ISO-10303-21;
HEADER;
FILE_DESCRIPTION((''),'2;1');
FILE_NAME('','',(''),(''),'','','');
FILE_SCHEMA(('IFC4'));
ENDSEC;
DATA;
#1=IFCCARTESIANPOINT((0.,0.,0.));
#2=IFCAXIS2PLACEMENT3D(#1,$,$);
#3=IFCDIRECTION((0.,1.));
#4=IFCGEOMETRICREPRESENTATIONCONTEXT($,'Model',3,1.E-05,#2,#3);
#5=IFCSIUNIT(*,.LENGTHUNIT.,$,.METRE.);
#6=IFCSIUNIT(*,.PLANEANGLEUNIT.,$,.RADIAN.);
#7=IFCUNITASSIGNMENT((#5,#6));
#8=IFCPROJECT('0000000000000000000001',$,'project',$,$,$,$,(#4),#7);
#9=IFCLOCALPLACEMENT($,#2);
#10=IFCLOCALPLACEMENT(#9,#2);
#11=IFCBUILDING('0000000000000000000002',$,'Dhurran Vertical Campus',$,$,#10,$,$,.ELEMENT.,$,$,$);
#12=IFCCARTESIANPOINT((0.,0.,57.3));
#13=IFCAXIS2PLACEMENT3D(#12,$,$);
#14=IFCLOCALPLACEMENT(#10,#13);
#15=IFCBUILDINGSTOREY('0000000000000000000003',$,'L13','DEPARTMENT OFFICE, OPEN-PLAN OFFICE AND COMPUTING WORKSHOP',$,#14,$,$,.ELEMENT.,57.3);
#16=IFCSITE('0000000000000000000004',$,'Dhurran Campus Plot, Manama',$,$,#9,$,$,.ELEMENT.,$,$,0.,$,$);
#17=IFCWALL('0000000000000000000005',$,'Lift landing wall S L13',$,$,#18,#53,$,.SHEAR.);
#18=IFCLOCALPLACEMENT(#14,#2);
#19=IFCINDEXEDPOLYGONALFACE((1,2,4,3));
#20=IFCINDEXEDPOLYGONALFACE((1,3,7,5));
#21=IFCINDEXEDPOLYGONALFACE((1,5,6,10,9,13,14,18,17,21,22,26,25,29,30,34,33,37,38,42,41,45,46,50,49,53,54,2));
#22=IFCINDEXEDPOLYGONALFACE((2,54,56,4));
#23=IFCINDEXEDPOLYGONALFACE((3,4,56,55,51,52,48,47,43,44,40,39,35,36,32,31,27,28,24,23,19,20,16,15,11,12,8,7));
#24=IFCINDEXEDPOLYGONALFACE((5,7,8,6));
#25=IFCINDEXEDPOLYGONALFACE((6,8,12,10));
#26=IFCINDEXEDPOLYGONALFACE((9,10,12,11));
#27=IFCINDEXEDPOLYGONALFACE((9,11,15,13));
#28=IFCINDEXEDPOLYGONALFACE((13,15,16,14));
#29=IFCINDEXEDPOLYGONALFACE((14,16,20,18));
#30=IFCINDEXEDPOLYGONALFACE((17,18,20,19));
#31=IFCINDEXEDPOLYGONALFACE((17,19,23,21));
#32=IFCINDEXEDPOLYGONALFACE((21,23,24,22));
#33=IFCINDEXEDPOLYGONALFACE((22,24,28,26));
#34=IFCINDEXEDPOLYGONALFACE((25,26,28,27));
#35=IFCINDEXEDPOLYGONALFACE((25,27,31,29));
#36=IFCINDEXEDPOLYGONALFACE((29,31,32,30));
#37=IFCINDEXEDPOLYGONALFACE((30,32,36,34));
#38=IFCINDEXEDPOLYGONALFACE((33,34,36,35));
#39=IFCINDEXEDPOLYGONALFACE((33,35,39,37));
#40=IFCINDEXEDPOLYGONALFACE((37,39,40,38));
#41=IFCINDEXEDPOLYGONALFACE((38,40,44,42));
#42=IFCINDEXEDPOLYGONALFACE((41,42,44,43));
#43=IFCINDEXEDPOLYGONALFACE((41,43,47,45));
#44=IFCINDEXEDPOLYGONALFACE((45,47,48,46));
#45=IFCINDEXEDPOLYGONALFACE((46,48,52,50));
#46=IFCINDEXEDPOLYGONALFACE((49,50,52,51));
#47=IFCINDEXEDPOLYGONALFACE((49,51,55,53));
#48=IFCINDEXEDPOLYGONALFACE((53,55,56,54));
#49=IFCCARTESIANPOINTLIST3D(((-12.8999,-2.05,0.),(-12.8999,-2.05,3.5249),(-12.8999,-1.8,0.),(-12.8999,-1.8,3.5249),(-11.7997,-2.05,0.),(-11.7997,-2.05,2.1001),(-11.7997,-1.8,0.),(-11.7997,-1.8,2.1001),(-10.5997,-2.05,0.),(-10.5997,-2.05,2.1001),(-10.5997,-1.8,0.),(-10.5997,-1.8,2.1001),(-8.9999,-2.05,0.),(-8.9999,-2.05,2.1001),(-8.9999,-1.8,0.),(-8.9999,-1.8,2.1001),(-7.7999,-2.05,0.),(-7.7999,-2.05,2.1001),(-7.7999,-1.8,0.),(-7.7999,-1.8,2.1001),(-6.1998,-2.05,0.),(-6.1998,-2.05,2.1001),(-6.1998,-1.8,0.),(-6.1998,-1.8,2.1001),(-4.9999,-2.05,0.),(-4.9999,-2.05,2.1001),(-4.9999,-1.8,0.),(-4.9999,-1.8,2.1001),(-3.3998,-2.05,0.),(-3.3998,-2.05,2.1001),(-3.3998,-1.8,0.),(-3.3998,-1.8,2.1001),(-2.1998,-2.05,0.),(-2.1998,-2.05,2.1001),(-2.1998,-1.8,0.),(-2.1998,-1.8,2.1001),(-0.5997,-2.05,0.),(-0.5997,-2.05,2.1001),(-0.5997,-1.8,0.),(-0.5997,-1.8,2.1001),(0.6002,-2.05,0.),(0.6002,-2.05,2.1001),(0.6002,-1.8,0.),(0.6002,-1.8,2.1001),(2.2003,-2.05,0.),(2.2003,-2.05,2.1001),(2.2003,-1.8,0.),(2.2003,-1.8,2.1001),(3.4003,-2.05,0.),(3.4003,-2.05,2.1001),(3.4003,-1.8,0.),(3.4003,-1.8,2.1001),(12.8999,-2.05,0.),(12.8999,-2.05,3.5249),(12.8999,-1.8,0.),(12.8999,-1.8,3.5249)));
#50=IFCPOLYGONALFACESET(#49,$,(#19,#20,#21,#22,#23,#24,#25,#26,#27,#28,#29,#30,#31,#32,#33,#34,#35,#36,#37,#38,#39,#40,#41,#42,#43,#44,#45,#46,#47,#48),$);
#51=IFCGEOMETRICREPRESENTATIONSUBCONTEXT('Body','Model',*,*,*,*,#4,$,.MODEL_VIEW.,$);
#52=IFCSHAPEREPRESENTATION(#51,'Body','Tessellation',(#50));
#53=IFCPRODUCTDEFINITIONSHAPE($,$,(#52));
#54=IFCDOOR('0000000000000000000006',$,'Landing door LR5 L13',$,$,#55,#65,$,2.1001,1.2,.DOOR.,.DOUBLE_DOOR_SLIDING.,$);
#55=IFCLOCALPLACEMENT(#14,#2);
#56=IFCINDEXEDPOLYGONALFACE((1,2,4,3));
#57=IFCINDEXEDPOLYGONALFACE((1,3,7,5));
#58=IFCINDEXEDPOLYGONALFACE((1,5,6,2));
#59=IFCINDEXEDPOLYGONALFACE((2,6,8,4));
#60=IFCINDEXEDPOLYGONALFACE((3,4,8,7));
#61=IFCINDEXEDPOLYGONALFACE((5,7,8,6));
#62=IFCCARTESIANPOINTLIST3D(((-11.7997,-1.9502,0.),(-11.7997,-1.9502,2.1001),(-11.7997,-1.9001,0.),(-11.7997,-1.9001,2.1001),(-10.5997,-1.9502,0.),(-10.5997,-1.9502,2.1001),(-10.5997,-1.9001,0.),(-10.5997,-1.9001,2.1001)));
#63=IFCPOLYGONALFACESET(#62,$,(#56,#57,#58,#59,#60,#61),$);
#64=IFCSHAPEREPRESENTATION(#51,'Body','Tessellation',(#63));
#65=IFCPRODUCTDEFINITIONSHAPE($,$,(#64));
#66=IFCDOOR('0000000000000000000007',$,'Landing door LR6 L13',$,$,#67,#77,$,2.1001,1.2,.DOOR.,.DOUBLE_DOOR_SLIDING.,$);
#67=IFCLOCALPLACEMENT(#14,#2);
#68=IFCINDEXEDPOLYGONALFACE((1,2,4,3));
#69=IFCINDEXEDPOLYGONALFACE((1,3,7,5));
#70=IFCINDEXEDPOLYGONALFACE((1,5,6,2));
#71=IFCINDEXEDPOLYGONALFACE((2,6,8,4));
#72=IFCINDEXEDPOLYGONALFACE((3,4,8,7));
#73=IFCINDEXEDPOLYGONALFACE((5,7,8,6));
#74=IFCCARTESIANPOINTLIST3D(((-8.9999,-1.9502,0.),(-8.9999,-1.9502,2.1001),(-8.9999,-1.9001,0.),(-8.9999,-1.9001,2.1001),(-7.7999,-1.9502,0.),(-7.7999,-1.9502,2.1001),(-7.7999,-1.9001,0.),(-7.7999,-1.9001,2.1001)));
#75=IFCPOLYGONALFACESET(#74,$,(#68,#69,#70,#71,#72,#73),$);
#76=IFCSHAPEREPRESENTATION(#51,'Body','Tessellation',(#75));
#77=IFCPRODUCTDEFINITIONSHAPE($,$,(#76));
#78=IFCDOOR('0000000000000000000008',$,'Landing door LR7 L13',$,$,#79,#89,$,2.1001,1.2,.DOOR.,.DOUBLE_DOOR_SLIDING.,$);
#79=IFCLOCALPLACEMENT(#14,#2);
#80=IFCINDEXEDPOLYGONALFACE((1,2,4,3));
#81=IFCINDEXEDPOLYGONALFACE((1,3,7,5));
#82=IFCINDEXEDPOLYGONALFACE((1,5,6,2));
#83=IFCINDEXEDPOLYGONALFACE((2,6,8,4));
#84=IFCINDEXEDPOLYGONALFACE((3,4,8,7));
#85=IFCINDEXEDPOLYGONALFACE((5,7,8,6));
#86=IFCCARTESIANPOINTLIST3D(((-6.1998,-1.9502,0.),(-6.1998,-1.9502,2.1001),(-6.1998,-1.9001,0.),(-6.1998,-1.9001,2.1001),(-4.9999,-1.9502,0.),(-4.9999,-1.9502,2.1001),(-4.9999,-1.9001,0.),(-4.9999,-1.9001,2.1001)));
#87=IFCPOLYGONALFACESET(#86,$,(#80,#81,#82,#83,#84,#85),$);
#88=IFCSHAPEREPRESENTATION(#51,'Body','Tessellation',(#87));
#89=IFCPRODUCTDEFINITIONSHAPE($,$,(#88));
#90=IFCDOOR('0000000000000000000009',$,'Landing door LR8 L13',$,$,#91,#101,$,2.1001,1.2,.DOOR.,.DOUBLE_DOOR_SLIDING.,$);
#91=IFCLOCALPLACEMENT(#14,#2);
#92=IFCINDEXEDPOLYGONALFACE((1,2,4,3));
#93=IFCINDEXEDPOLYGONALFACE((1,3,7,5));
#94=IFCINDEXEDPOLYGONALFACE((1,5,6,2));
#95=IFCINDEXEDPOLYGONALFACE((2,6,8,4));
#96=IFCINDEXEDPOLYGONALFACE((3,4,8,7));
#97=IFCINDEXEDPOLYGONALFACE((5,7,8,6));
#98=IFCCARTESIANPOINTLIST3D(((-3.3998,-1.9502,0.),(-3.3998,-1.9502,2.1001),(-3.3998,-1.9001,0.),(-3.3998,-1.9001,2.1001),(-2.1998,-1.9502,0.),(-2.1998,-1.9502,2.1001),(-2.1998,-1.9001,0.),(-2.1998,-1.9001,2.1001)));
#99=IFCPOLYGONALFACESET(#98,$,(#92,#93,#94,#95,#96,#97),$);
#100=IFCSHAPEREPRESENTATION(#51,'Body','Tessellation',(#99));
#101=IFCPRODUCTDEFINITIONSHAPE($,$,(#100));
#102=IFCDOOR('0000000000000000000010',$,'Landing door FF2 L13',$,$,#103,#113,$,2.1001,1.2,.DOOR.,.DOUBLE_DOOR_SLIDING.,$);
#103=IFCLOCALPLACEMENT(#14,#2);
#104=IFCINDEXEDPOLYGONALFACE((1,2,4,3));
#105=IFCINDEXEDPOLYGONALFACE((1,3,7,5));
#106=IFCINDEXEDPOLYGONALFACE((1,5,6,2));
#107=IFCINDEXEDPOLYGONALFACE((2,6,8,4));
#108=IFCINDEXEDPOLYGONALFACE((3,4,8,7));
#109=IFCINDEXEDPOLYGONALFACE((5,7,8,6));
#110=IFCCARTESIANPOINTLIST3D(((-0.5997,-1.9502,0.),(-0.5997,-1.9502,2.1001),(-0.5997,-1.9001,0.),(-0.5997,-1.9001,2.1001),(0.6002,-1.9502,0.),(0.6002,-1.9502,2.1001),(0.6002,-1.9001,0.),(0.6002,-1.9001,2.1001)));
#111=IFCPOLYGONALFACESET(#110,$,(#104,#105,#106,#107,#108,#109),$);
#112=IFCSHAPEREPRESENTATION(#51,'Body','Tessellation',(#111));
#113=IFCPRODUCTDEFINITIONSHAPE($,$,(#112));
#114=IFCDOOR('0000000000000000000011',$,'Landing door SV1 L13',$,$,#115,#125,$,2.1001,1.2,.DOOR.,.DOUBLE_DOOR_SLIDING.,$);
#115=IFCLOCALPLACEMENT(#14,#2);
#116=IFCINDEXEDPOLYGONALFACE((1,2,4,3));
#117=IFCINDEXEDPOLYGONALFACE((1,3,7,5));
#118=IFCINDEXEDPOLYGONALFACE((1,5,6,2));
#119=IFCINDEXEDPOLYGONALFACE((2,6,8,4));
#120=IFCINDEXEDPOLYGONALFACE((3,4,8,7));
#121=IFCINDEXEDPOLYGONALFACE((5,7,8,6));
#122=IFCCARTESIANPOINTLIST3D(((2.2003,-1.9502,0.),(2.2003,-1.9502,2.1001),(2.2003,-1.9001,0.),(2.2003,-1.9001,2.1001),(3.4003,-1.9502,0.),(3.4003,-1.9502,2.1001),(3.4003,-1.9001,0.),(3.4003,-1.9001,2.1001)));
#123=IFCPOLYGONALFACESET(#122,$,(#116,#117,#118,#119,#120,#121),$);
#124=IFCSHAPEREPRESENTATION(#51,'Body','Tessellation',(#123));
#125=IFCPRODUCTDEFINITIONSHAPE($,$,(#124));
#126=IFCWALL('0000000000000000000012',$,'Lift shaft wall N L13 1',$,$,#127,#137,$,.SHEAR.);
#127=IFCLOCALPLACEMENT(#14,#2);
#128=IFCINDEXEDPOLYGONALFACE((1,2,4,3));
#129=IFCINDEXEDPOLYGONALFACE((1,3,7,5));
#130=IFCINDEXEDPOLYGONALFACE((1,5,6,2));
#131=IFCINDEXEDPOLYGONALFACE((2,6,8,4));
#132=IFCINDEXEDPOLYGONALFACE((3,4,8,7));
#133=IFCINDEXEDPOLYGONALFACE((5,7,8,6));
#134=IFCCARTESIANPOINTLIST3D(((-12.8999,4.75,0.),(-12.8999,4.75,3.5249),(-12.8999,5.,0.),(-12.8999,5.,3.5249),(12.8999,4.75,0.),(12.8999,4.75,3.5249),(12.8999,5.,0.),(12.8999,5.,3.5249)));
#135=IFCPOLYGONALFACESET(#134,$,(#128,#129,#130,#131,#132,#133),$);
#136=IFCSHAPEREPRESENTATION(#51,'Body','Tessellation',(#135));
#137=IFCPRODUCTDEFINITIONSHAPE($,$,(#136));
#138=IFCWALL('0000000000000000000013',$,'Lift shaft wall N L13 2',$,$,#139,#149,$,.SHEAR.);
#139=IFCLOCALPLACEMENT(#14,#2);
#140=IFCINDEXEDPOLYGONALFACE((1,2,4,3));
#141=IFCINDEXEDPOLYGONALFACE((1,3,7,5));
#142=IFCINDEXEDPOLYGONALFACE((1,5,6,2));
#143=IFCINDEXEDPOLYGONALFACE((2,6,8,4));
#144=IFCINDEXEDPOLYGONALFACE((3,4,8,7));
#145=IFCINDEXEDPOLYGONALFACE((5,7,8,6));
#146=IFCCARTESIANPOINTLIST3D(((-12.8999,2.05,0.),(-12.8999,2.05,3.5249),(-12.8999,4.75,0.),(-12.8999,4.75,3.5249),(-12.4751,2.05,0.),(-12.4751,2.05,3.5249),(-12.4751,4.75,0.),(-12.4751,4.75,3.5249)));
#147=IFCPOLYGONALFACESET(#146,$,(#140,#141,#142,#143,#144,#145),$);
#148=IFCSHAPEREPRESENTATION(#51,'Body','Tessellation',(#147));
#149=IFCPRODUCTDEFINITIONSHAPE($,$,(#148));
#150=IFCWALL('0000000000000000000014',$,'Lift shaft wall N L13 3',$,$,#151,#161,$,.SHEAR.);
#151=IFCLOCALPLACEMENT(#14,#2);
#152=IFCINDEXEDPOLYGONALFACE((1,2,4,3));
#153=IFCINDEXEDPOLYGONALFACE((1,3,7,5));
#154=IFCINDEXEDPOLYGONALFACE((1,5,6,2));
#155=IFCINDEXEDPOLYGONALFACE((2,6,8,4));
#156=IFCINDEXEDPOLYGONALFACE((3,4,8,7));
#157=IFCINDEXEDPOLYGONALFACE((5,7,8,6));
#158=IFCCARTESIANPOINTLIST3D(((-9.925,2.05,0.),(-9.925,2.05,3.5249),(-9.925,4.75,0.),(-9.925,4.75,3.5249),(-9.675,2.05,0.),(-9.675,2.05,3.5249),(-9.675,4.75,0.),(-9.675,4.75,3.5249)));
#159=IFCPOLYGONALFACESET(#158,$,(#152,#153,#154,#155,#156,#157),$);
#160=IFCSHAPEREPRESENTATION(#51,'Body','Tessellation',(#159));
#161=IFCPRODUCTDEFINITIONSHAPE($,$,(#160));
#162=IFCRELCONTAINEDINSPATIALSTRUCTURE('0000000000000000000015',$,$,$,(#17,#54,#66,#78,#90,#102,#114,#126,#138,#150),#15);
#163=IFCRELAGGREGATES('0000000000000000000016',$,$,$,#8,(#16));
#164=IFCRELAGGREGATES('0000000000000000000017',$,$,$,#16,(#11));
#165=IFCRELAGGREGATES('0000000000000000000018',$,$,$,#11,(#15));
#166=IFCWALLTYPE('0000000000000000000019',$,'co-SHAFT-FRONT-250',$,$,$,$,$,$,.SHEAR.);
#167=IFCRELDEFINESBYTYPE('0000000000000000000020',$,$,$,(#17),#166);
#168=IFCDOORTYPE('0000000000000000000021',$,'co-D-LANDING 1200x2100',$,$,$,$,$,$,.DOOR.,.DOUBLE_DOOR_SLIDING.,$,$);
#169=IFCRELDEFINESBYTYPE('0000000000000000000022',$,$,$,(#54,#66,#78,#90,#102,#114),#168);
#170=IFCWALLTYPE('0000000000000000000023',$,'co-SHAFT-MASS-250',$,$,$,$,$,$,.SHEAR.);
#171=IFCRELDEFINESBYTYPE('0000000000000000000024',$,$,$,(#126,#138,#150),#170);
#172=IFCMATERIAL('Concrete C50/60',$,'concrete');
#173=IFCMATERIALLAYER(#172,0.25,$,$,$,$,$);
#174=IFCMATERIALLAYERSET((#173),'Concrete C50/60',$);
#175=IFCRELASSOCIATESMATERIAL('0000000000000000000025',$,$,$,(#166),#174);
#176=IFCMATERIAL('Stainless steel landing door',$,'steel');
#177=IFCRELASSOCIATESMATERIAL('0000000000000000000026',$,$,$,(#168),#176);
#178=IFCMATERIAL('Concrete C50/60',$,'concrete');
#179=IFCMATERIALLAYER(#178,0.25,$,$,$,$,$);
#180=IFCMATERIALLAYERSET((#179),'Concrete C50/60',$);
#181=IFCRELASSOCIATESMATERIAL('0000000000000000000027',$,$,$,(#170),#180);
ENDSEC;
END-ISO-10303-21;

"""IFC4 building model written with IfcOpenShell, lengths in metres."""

from ifc_helpers import new_model, si_unit, direction, frame, frame_2d, origin, place, context, subcontext, project, spatial, polyline, rectangle, outline, extrude, material, layer, layer_set, type_object, element, fill, save


model = new_model("IFC4")

# Units and contexts
model_context = context("Model", 3, precision=1e-05, world=origin(), true_north=direction((0.0, 1.0)))
body_context = subcontext(model_context, "Body", "Model", "MODEL_VIEW")
ifc_project = project(units=[si_unit("LENGTHUNIT", "METRE"), si_unit("PLANEANGLEUNIT", "RADIAN")], contexts=[model_context])

# Site, building, storey
site_placement = place(None, origin())
site = spatial("IfcSite", under=ifc_project, at=site_placement, Name="Dhurran Campus Plot, Manama", CompositionType="ELEMENT", RefElevation=0.0)
building_placement = place(site_placement, origin())
building = spatial("IfcBuilding", under=site, at=building_placement, Name="Dhurran Vertical Campus", CompositionType="ELEMENT")
storey_placement = place(building_placement, frame((0.0, 0.0, 57.3)))
storey = spatial("IfcBuildingStorey", under=building, at=storey_placement, Name="L13", Description="DEPARTMENT OFFICE, OPEN-PLAN OFFICE AND COMPUTING WORKSHOP", CompositionType="ELEMENT", Elevation=57.3)

# Wall, openings, doors
ifc_material_1 = material(Name="Concrete C50/60", Category="concrete")
ifc_layer_1 = layer(ifc_material_1, 0.25)
ifc_layer_set_1 = layer_set([ifc_layer_1], Name="Concrete C50/60")
wall_type_1 = type_object("IfcWallType", Name="co-SHAFT-FRONT-250", PredefinedType="SHEAR", material=ifc_layer_set_1)
wall_1_placement = place(storey_placement, frame((-12.8999, -1.925, 0.0), z_axis=(0.0, 0.0, 1.0), x_axis=(1.0, 0.0, 0.0)))
wall_1 = element("IfcWall", 1, at=wall_1_placement, inside=storey, type_object=wall_type_1, Name="Lift landing wall S L13", PredefinedType="SHEAR", context=body_context, shape_type="SweptSolid", body=[
    extrude(rectangle(XDim=25.7998, YDim=0.25, at=frame_2d((12.8999, 0.0))), origin(), (0.0, 0.0, 1.0), 3.5249),
])
opening_1_placement = place(wall_1_placement, frame((1.1001, 0.0, 0.0)))
opening_1 = element("IfcOpeningElement", 2, at=opening_1_placement, cuts=wall_1, PredefinedType="OPENING", context=body_context, shape_type="SweptSolid", body=[
    extrude(rectangle(XDim=1.2, YDim=2.1001, at=frame_2d((0.6001, 1.05))), frame((0.0, 0.135, 0.0), z_axis=(0.0, -1.0, 0.0), x_axis=(1.0, 0.0, 0.0)), (0.0, 0.0, 1.0), 0.27),
])
opening_2_placement = place(wall_1_placement, frame((3.8999, 0.0, 0.0)))
opening_2 = element("IfcOpeningElement", 3, at=opening_2_placement, cuts=wall_1, PredefinedType="OPENING", context=body_context, shape_type="SweptSolid", body=[
    extrude(rectangle(XDim=1.2, YDim=2.1001, at=frame_2d((0.6001, 1.05))), frame((0.0, 0.135, 0.0), z_axis=(0.0, -1.0, 0.0), x_axis=(1.0, 0.0, 0.0)), (0.0, 0.0, 1.0), 0.27),
])
opening_3_placement = place(wall_1_placement, frame((6.7, 0.0, 0.0)))
opening_3 = element("IfcOpeningElement", 4, at=opening_3_placement, cuts=wall_1, PredefinedType="OPENING", context=body_context, shape_type="SweptSolid", body=[
    extrude(rectangle(XDim=1.2, YDim=2.1001, at=frame_2d((0.6001, 1.05))), frame((0.0, 0.135, 0.0), z_axis=(0.0, -1.0, 0.0), x_axis=(1.0, 0.0, 0.0)), (0.0, 0.0, 1.0), 0.27),
])
opening_4_placement = place(wall_1_placement, frame((9.5, 0.0, 0.0)))
opening_4 = element("IfcOpeningElement", 5, at=opening_4_placement, cuts=wall_1, PredefinedType="OPENING", context=body_context, shape_type="SweptSolid", body=[
    extrude(rectangle(XDim=1.2, YDim=2.1001, at=frame_2d((0.6001, 1.05))), frame((0.0, 0.135, 0.0), z_axis=(0.0, -1.0, 0.0), x_axis=(1.0, 0.0, 0.0)), (0.0, 0.0, 1.0), 0.27),
])
opening_5_placement = place(wall_1_placement, frame((12.3, 0.0, 0.0)))
opening_5 = element("IfcOpeningElement", 6, at=opening_5_placement, cuts=wall_1, PredefinedType="OPENING", context=body_context, shape_type="SweptSolid", body=[
    extrude(rectangle(XDim=1.2, YDim=2.1001, at=frame_2d((0.6001, 1.05))), frame((0.0, 0.135, 0.0), z_axis=(0.0, -1.0, 0.0), x_axis=(1.0, 0.0, 0.0)), (0.0, 0.0, 1.0), 0.27),
])
opening_6_placement = place(wall_1_placement, frame((15.1001, 0.0, 0.0)))
opening_6 = element("IfcOpeningElement", 7, at=opening_6_placement, cuts=wall_1, PredefinedType="OPENING", context=body_context, shape_type="SweptSolid", body=[
    extrude(rectangle(XDim=1.2, YDim=2.1001, at=frame_2d((0.6001, 1.05))), frame((0.0, 0.135, 0.0), z_axis=(0.0, -1.0, 0.0), x_axis=(1.0, 0.0, 0.0)), (0.0, 0.0, 1.0), 0.27),
])
ifc_material_2 = material(Name="Stainless steel landing door", Category="steel")
door_type_1 = type_object("IfcDoorType", Name="co-D-LANDING 1200x2100", OperationType="DOUBLE_DOOR_SLIDING", PredefinedType="DOOR", material=ifc_material_2)
door_1_placement = place(opening_1_placement, origin())
door_1 = element("IfcDoor", 8, at=door_1_placement, inside=storey, type_object=door_type_1, Name="Landing door LR5 L13", OperationType="DOUBLE_DOOR_SLIDING", OverallHeight=2.1001, OverallWidth=1.2, PredefinedType="DOOR", context=body_context, shape_type="SweptSolid", body=[
    extrude(rectangle(XDim=1.2, YDim=2.1001, at=frame_2d((0.6001, 1.05))), frame((0.0, 0.0249, 0.0), z_axis=(0.0, -1.0, 0.0), x_axis=(1.0, 0.0, 0.0)), (0.0, 0.0, 1.0), 0.05),
])
fill(opening_1, door_1)
door_2_placement = place(opening_2_placement, origin())
door_2 = element("IfcDoor", 9, at=door_2_placement, inside=storey, type_object=door_type_1, Name="Landing door LR6 L13", OperationType="DOUBLE_DOOR_SLIDING", OverallHeight=2.1001, OverallWidth=1.2, PredefinedType="DOOR", context=body_context, shape_type="SweptSolid", body=[
    extrude(rectangle(XDim=1.2, YDim=2.1001, at=frame_2d((0.6001, 1.05))), frame((0.0, 0.0249, 0.0), z_axis=(0.0, -1.0, 0.0), x_axis=(1.0, 0.0, 0.0)), (0.0, 0.0, 1.0), 0.05),
])
fill(opening_2, door_2)
door_3_placement = place(opening_3_placement, origin())
door_3 = element("IfcDoor", 10, at=door_3_placement, inside=storey, type_object=door_type_1, Name="Landing door LR7 L13", OperationType="DOUBLE_DOOR_SLIDING", OverallHeight=2.1001, OverallWidth=1.2, PredefinedType="DOOR", context=body_context, shape_type="SweptSolid", body=[
    extrude(rectangle(XDim=1.2, YDim=2.1001, at=frame_2d((0.6001, 1.05))), frame((0.0, 0.0249, 0.0), z_axis=(0.0, -1.0, 0.0), x_axis=(1.0, 0.0, 0.0)), (0.0, 0.0, 1.0), 0.05),
])
fill(opening_3, door_3)
door_4_placement = place(opening_4_placement, origin())
door_4 = element("IfcDoor", 11, at=door_4_placement, inside=storey, type_object=door_type_1, Name="Landing door LR8 L13", OperationType="DOUBLE_DOOR_SLIDING", OverallHeight=2.1001, OverallWidth=1.2, PredefinedType="DOOR", context=body_context, shape_type="SweptSolid", body=[
    extrude(rectangle(XDim=1.2, YDim=2.1001, at=frame_2d((0.6001, 1.05))), frame((0.0, 0.0249, 0.0), z_axis=(0.0, -1.0, 0.0), x_axis=(1.0, 0.0, 0.0)), (0.0, 0.0, 1.0), 0.05),
])
fill(opening_4, door_4)
door_5_placement = place(opening_5_placement, origin())
door_5 = element("IfcDoor", 12, at=door_5_placement, inside=storey, type_object=door_type_1, Name="Landing door FF2 L13", OperationType="DOUBLE_DOOR_SLIDING", OverallHeight=2.1001, OverallWidth=1.2, PredefinedType="DOOR", context=body_context, shape_type="SweptSolid", body=[
    extrude(rectangle(XDim=1.2, YDim=2.1001, at=frame_2d((0.6001, 1.05))), frame((0.0, 0.0249, 0.0), z_axis=(0.0, -1.0, 0.0), x_axis=(1.0, 0.0, 0.0)), (0.0, 0.0, 1.0), 0.05),
])
fill(opening_5, door_5)
door_6_placement = place(opening_6_placement, origin())
door_6 = element("IfcDoor", 13, at=door_6_placement, inside=storey, type_object=door_type_1, Name="Landing door SV1 L13", OperationType="DOUBLE_DOOR_SLIDING", OverallHeight=2.1001, OverallWidth=1.2, PredefinedType="DOOR", context=body_context, shape_type="SweptSolid", body=[
    extrude(rectangle(XDim=1.2, YDim=2.1001, at=frame_2d((0.6001, 1.05))), frame((0.0, 0.0249, 0.0), z_axis=(0.0, -1.0, 0.0), x_axis=(1.0, 0.0, 0.0)), (0.0, 0.0, 1.0), 0.05),
])
fill(opening_6, door_6)

# Walls
ifc_material_3 = material(Name="Concrete C50/60", Category="concrete")
ifc_layer_2 = layer(ifc_material_3, 0.25)
ifc_layer_set_2 = layer_set([ifc_layer_2], Name="Concrete C50/60")
wall_type_2 = type_object("IfcWallType", Name="co-SHAFT-MASS-250", PredefinedType="SHEAR", material=ifc_layer_set_2)
wall_2_placement = place(storey_placement, origin())
element("IfcWall", 14, at=wall_2_placement, inside=storey, type_object=wall_type_2, Name="Lift shaft wall N L13 1", PredefinedType="SHEAR", context=body_context, shape_type="SweptSolid", body=[
    extrude(outline(polyline([(-12.8999, 4.75), (12.8999, 4.75), (12.8999, 5.0), (-12.8999, 5.0), (-12.8999, 4.75)])), origin(), (0.0, 0.0, 1.0), 3.5249),
])
wall_3_placement = place(storey_placement, origin())
element("IfcWall", 15, at=wall_3_placement, inside=storey, type_object=wall_type_2, Name="Lift shaft wall N L13 2", PredefinedType="SHEAR", context=body_context, shape_type="SweptSolid", body=[
    extrude(outline(polyline([(-12.8999, 2.05), (-12.4751, 2.05), (-12.4751, 4.75), (-12.8999, 4.75), (-12.8999, 2.05)])), origin(), (0.0, 0.0, 1.0), 3.5249),
])
wall_4_placement = place(storey_placement, origin())
element("IfcWall", 16, at=wall_4_placement, inside=storey, type_object=wall_type_2, Name="Lift shaft wall N L13 3", PredefinedType="SHEAR", context=body_context, shape_type="SweptSolid", body=[
    extrude(outline(polyline([(-9.925, 2.05), (-9.675, 2.05), (-9.675, 4.75), (-9.925, 4.75), (-9.925, 2.05)])), origin(), (0.0, 0.0, 1.0), 3.5249),
])

save(model, "model.ifc")
